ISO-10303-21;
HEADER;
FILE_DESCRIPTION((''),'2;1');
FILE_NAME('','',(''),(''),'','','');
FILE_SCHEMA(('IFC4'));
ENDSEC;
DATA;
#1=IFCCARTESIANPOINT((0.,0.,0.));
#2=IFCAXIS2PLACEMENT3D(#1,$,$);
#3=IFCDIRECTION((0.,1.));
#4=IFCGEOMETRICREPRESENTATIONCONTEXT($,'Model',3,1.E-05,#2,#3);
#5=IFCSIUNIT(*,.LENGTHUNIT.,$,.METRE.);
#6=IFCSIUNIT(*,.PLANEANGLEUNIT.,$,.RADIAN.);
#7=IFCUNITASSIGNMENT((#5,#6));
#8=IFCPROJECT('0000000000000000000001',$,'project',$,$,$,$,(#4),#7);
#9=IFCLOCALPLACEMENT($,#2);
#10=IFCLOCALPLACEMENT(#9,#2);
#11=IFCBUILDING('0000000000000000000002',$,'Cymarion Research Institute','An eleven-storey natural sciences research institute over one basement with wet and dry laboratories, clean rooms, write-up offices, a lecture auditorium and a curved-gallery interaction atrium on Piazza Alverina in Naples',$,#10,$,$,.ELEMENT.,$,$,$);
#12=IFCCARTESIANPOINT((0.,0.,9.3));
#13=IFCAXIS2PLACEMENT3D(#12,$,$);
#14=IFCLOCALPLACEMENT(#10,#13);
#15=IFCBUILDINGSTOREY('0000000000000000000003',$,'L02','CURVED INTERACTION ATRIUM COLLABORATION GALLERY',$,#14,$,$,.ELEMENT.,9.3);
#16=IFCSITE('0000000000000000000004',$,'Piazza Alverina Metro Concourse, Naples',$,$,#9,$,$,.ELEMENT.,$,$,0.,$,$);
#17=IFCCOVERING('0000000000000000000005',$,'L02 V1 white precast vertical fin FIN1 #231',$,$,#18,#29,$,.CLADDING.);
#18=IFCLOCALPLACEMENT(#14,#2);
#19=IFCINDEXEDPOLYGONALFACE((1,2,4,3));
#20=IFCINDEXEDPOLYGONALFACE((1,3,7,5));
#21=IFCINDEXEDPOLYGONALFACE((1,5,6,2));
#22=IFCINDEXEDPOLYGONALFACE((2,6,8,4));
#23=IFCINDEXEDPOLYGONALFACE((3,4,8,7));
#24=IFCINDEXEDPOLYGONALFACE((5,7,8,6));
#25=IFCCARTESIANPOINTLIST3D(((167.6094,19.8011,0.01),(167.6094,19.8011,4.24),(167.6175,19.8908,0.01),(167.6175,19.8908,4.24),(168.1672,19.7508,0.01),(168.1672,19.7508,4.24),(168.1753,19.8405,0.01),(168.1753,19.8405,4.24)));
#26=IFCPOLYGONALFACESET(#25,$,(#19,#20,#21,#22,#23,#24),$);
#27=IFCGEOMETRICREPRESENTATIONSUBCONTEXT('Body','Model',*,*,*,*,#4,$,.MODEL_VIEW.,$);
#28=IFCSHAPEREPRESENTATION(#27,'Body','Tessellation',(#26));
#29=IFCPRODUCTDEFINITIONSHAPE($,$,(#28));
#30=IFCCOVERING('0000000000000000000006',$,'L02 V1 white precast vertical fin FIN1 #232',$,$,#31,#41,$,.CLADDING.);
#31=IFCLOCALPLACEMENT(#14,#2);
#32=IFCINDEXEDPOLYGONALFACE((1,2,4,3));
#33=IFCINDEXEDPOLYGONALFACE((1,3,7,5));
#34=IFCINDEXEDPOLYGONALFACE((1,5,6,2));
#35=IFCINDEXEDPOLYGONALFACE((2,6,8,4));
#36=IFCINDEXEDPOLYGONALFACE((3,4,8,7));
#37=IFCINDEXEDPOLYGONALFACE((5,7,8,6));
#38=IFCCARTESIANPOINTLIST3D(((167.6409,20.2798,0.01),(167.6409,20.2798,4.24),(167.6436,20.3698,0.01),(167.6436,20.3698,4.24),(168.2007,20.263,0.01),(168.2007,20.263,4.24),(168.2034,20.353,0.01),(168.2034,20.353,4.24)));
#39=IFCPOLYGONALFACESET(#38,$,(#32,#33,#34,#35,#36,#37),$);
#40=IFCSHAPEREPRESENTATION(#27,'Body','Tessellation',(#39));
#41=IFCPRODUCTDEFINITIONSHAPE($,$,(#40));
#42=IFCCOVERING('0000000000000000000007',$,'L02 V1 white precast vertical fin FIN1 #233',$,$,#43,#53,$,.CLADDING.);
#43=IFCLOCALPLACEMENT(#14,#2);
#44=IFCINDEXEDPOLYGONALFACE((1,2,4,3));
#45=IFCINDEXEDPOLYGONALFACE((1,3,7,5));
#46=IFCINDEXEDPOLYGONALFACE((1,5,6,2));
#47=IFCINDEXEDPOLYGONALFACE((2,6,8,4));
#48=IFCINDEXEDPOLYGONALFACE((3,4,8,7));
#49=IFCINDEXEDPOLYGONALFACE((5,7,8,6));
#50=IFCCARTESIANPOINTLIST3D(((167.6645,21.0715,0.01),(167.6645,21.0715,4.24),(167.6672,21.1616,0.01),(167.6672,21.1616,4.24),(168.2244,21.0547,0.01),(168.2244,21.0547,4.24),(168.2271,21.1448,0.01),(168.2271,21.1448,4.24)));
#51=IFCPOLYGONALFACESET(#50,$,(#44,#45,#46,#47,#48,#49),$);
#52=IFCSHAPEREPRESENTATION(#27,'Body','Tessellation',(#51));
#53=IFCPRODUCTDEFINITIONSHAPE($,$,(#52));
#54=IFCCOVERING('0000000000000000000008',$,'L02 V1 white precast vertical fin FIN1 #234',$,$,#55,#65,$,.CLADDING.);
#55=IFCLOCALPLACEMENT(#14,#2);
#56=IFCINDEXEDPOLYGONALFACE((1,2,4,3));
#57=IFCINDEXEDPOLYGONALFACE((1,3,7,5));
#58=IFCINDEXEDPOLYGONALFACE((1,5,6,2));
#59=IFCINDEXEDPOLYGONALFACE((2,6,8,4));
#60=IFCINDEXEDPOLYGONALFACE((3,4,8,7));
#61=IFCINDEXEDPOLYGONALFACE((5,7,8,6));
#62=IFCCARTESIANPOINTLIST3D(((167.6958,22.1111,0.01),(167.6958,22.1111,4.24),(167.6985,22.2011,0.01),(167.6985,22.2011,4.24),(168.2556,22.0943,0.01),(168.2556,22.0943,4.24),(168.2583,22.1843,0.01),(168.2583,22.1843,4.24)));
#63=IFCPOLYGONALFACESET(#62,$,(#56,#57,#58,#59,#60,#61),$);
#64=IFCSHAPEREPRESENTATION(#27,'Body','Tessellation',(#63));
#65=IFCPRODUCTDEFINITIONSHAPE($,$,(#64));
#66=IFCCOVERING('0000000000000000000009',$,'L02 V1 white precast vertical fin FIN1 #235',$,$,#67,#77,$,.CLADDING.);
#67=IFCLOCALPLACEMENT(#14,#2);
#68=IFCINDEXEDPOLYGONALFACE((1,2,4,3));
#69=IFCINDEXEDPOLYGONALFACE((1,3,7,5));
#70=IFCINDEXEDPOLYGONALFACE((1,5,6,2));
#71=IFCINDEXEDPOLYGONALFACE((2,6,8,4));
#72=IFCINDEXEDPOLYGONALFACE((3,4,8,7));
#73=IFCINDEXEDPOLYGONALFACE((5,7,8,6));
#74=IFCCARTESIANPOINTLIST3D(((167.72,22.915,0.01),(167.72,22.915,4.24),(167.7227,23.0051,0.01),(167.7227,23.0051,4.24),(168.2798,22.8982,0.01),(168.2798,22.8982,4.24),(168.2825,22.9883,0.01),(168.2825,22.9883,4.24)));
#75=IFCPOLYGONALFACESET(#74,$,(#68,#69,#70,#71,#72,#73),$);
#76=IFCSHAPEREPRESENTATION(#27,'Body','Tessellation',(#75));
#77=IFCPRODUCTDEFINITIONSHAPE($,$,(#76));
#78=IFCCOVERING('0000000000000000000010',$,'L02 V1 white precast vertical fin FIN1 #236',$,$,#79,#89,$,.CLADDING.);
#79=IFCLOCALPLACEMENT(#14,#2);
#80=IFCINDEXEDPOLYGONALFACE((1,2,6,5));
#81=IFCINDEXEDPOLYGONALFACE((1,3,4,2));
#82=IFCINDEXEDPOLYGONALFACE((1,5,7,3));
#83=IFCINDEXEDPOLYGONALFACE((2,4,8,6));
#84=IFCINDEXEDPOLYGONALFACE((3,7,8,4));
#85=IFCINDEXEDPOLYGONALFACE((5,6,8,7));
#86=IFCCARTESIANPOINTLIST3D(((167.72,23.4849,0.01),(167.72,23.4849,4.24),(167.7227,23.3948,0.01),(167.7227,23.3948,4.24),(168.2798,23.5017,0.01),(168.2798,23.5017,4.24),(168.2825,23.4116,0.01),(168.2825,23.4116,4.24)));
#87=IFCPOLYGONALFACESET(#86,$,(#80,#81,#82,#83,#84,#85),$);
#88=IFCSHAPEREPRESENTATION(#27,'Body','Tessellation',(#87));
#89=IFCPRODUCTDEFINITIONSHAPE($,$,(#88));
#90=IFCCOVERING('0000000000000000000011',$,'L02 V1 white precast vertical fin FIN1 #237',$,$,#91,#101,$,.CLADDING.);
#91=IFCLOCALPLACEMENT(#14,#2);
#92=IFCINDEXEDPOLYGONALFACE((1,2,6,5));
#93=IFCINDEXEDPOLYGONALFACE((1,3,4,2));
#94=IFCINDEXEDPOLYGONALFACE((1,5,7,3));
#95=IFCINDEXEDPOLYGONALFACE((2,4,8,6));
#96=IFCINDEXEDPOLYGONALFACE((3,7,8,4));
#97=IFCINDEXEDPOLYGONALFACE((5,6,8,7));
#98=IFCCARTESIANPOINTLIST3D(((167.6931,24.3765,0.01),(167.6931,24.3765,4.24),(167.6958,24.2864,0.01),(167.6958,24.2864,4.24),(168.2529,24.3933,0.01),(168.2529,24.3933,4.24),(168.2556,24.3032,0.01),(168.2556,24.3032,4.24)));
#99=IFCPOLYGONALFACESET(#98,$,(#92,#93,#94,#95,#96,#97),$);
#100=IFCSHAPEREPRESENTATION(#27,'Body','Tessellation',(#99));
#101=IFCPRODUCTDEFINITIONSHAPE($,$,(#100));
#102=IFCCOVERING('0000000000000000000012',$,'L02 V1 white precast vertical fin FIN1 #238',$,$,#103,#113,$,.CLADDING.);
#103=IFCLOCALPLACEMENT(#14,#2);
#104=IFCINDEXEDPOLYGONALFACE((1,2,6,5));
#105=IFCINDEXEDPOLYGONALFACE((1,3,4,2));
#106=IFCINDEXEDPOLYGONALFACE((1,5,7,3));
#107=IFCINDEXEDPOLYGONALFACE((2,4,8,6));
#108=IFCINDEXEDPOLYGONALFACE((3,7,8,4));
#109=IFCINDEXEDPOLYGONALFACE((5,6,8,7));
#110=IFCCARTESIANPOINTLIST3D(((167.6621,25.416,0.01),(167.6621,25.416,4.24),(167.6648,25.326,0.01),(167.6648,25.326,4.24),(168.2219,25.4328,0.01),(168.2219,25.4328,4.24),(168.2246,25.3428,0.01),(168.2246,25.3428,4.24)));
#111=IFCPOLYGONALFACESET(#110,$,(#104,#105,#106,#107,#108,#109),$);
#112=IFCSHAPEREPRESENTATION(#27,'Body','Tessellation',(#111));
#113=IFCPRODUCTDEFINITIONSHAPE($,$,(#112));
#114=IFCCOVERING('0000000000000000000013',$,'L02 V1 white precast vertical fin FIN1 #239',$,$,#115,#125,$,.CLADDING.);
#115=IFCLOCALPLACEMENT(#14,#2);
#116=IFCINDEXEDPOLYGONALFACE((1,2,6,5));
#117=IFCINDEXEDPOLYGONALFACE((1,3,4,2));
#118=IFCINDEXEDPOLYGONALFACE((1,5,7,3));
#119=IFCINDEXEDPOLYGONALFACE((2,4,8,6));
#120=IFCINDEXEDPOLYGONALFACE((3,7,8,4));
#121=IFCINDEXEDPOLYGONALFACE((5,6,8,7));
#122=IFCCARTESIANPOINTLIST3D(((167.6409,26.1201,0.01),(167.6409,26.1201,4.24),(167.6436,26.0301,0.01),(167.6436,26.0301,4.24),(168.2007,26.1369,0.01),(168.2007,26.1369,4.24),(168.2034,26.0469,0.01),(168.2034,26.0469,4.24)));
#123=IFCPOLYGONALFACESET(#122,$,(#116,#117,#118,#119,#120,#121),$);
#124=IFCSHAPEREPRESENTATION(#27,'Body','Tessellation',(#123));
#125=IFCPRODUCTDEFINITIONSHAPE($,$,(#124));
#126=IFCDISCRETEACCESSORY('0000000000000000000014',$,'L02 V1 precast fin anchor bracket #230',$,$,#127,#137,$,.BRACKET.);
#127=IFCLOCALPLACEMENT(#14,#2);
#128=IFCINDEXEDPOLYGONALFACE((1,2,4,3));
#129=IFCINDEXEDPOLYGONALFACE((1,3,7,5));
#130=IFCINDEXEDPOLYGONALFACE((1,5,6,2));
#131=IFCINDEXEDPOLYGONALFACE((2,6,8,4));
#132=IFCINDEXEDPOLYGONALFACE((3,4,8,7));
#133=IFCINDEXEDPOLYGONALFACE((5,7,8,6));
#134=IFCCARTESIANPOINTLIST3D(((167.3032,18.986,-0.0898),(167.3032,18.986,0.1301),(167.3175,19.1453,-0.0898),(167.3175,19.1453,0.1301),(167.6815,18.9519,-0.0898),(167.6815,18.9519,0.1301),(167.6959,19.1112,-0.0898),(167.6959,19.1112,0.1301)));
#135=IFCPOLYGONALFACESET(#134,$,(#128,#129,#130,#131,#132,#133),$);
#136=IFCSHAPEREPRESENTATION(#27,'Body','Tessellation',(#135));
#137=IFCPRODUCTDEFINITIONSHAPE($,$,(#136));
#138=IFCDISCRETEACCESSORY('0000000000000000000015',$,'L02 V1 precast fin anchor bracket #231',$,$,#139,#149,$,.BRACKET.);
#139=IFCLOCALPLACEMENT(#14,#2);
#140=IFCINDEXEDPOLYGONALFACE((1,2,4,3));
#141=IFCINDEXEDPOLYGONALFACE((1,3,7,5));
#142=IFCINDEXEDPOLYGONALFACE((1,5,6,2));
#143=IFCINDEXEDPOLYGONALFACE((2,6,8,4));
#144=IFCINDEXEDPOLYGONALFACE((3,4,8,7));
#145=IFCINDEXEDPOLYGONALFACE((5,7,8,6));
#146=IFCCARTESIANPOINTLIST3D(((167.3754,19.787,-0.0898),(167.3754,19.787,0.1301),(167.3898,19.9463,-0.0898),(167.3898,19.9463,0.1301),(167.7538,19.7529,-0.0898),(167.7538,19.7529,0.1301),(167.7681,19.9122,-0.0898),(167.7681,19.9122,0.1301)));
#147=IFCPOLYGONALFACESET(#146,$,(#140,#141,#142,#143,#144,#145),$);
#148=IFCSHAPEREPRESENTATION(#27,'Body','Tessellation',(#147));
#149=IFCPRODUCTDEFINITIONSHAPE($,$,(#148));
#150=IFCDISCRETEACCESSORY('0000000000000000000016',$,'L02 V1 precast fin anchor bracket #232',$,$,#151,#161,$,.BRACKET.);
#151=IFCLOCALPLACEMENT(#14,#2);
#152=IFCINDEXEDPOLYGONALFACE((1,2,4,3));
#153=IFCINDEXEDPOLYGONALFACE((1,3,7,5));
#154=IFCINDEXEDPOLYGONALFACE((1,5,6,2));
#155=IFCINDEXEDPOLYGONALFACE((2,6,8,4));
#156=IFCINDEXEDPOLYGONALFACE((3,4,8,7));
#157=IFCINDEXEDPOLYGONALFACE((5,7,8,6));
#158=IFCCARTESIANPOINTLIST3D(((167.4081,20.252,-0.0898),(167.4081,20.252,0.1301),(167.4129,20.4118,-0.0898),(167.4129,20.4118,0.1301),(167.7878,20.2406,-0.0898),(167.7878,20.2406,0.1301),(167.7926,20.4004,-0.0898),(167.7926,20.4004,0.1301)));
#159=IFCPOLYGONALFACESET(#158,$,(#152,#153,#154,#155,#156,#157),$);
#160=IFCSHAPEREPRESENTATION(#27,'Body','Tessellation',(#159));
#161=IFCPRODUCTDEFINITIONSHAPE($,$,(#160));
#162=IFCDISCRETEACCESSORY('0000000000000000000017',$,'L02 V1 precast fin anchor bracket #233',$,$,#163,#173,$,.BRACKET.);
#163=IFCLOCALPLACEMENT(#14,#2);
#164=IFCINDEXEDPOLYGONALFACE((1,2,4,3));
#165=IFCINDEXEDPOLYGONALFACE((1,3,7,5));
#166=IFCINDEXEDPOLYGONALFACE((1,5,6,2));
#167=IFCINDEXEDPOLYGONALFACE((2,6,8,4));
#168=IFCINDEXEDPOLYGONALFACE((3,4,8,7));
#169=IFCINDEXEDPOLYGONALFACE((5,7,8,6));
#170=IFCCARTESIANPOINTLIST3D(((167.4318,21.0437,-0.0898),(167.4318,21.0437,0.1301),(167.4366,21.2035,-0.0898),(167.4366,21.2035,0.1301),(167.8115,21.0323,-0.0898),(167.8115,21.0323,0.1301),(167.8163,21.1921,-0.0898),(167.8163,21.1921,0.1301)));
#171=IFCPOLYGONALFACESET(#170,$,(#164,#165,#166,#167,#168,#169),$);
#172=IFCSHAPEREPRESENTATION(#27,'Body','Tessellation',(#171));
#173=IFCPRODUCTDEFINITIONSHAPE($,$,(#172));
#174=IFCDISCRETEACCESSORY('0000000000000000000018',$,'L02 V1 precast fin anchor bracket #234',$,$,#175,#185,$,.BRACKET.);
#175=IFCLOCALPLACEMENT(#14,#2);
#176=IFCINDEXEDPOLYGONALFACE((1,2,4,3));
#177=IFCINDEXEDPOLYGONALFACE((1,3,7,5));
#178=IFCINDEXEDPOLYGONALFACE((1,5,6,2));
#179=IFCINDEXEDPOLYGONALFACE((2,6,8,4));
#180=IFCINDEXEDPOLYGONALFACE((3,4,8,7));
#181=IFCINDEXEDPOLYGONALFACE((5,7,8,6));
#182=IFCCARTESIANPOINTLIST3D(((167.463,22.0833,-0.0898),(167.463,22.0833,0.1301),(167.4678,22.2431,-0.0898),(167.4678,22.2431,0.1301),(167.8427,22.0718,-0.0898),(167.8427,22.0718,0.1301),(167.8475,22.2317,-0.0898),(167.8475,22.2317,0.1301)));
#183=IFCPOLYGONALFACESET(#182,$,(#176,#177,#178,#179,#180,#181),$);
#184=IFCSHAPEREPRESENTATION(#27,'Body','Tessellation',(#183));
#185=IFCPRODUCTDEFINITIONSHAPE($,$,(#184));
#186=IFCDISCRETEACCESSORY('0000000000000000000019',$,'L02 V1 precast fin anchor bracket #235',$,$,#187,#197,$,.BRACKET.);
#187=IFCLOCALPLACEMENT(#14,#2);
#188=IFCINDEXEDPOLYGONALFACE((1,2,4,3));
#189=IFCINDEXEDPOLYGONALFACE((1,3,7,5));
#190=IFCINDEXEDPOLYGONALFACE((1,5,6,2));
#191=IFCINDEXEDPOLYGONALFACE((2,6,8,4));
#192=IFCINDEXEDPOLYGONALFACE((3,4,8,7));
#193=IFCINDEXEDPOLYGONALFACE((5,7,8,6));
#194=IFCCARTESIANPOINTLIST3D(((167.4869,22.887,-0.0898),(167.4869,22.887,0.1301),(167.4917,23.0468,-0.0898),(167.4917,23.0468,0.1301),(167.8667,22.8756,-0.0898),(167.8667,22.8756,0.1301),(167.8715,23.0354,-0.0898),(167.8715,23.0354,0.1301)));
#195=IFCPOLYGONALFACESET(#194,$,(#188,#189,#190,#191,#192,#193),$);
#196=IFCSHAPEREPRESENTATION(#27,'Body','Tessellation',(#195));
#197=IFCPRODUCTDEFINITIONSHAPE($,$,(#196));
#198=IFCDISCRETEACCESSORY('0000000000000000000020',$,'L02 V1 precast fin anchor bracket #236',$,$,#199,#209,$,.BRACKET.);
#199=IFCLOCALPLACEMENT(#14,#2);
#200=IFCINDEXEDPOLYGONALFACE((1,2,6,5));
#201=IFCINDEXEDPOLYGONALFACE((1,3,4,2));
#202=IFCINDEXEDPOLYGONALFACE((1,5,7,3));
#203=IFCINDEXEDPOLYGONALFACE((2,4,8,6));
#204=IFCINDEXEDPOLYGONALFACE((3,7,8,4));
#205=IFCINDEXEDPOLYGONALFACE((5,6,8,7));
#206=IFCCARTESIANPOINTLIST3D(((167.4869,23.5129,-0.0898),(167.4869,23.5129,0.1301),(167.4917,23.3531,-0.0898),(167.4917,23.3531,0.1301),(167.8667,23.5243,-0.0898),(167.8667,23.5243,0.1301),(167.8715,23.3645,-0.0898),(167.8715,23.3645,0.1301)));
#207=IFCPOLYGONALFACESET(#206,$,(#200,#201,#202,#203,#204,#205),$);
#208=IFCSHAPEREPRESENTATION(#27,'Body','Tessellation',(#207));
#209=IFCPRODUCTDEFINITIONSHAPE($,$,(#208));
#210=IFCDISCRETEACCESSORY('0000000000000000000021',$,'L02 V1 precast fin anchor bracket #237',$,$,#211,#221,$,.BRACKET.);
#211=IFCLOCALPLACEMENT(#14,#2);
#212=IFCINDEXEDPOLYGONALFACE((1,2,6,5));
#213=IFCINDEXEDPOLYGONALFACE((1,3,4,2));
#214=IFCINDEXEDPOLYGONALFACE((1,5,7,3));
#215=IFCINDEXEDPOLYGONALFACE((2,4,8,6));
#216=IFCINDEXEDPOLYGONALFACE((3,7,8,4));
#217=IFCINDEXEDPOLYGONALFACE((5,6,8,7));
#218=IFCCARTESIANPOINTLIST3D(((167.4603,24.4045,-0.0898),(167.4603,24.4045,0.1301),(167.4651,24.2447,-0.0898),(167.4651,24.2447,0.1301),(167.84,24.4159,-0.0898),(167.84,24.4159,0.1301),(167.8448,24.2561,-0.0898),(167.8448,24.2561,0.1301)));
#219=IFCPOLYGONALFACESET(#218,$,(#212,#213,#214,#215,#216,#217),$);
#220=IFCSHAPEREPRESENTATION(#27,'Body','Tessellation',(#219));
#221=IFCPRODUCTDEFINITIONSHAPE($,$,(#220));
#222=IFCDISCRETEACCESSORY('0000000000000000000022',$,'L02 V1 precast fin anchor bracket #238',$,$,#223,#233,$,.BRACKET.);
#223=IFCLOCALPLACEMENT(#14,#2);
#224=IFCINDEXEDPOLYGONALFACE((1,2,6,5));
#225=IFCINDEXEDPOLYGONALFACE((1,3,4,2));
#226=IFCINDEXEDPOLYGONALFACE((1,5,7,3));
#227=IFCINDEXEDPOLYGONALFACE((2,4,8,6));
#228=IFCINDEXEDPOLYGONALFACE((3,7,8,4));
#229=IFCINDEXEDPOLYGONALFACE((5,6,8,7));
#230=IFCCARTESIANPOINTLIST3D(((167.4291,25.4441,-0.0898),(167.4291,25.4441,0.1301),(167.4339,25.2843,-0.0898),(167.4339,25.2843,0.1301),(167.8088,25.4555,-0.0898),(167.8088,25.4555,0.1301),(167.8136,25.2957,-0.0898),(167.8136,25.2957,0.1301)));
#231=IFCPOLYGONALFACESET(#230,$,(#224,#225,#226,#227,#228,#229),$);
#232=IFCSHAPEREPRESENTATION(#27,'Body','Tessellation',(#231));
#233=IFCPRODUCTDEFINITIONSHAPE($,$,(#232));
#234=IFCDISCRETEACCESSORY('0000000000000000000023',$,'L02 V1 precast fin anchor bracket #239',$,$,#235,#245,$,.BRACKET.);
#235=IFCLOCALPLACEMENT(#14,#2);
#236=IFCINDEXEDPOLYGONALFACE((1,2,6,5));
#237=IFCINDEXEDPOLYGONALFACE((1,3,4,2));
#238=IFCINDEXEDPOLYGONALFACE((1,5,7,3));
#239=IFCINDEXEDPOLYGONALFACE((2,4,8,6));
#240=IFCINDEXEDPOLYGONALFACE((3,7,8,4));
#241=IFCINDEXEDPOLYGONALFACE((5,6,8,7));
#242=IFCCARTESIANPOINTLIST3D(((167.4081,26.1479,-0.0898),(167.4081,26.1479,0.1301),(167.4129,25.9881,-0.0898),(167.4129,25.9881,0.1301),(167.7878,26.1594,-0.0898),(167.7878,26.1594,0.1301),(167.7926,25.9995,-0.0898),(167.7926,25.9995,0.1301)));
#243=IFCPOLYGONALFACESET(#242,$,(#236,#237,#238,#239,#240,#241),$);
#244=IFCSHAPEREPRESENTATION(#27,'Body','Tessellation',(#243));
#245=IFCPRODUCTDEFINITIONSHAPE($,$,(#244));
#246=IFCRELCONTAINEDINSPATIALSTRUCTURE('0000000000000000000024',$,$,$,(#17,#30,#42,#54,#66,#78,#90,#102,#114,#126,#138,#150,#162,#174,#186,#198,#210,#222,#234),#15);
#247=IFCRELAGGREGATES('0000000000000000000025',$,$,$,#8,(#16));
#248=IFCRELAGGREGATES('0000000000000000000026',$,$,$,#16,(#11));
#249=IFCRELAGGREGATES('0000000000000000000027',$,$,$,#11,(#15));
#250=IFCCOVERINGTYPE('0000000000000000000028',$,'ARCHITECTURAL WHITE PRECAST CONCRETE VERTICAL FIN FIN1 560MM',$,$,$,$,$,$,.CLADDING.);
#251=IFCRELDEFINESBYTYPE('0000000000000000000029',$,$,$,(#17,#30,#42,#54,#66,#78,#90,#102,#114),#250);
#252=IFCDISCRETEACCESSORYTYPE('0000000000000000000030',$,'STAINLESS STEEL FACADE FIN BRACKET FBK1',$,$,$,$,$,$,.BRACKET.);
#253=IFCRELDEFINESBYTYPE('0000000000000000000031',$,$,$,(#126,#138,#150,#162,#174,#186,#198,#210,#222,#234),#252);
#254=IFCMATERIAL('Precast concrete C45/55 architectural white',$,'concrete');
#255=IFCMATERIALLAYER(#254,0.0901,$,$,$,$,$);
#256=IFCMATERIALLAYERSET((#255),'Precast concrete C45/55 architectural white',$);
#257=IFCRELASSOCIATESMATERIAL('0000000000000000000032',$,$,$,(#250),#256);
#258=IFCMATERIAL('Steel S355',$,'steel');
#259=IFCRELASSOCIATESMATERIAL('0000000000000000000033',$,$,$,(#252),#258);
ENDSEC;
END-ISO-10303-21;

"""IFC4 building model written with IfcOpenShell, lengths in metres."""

from ifc_helpers import new_model, si_unit, direction, frame, origin, origin_2d, place, context, subcontext, project, spatial, rectangle, extrude, material, layer, layer_set, type_object, element, save


model = new_model("IFC4")

# Units and contexts
model_context = context("Model", 3, precision=1e-05, world=origin(), true_north=direction((0.0, 1.0)))
body_context = subcontext(model_context, "Body", "Model", "MODEL_VIEW")
ifc_project = project(units=[si_unit("LENGTHUNIT", "METRE"), si_unit("PLANEANGLEUNIT", "RADIAN")], contexts=[model_context])

# Site, building, storey
site_placement = place(None, origin())
site = spatial("IfcSite", under=ifc_project, at=site_placement, Name="Piazza Alverina Metro Concourse, Naples", CompositionType="ELEMENT", RefElevation=0.0)
building_placement = place(site_placement, origin())
building = spatial("IfcBuilding", under=site, at=building_placement, Name="Cymarion Research Institute", Description="An eleven-storey natural sciences research institute over one basement with wet and dry laboratories, clean rooms, write-up offices, a lecture auditorium and a curved-gallery interaction atrium on Piazza Alverina in Naples", CompositionType="ELEMENT")
storey_placement = place(building_placement, frame((0.0, 0.0, 9.3)))
storey = spatial("IfcBuildingStorey", under=building, at=storey_placement, Name="L02", Description="CURVED INTERACTION ATRIUM COLLABORATION GALLERY", CompositionType="ELEMENT", Elevation=9.3)

# Shared definitions
ifc_material_1 = material(Name="Steel S355", Category="steel")

# Coverings
ifc_material_2 = material(Name="Precast concrete C45/55 architectural white", Category="concrete")
ifc_layer_1 = layer(ifc_material_2, 0.0901)
ifc_layer_set_1 = layer_set([ifc_layer_1], Name="Precast concrete C45/55 architectural white")
covering_type = type_object("IfcCoveringType", Name="ARCHITECTURAL WHITE PRECAST CONCRETE VERTICAL FIN FIN1 560MM", PredefinedType="CLADDING", material=ifc_layer_set_1)
for number, where, z_axis, x_axis, name in (
    (1, (167.8923, 19.8208, 0.01), (0.0, 0.0, 1.0), (0.995963, -0.089763, 0.0), "L02 V1 white precast vertical fin FIN1 #231"),
    (2, (167.9221, 20.3164, 0.01), (0.0, 0.0, 1.0), (0.999549, -0.030015, 0.0), "L02 V1 white precast vertical fin FIN1 #232"),
    (3, (167.9458, 21.1082, 0.01), (0.0, 0.0, 1.0), (0.999549, -0.030015, 0.0), "L02 V1 white precast vertical fin FIN1 #233"),
    (4, (167.9771, 22.1477, 0.01), (0.0, 0.0, 1.0), (0.999549, -0.030015, 0.0), "L02 V1 white precast vertical fin FIN1 #234"),
    (5, (168.0012, 22.9517, 0.01), (0.0, 0.0, 1.0), (0.999549, -0.030015, 0.0), "L02 V1 white precast vertical fin FIN1 #235"),
    (6, (168.0012, 23.4482, 0.01), (0.0, 0.0, 1.0), (0.999549, 0.030015, 0.0), "L02 V1 white precast vertical fin FIN1 #236"),
    (7, (167.9744, 24.3398, 0.01), (0.0, 0.0, 1.0), (0.999549, 0.030015, 0.0), "L02 V1 white precast vertical fin FIN1 #237"),
    (8, (167.9434, 25.3794, 0.01), (0.0, 0.0, 1.0), (0.999549, 0.030015, 0.0), "L02 V1 white precast vertical fin FIN1 #238"),
    (9, (167.9221, 26.0835, 0.01), (0.0, 0.0, 1.0), (0.999549, 0.030015, 0.0), "L02 V1 white precast vertical fin FIN1 #239"),
):
    element("IfcCovering", number, at=place(storey_placement, frame(where, z_axis=z_axis, x_axis=x_axis)), inside=storey, type_object=covering_type, Name=name, PredefinedType="CLADDING", context=body_context, shape_type="SweptSolid", body=[
        extrude(rectangle(XDim=0.5601, YDim=0.0901, at=origin_2d()), origin(), (0.0, 0.0, 1.0), 4.23),
    ])

# Discrete accessories
discrete_accessory_type = type_object("IfcDiscreteAccessoryType", Name="STAINLESS STEEL FACADE FIN BRACKET FBK1", PredefinedType="BRACKET", material=ifc_material_1)
for number, where, z_axis, x_axis, name in (
    (10, (167.4995, 19.0486, -0.0898), (0.0, 0.0, 1.0), (0.995963, -0.089763, 0.0), "L02 V1 precast fin anchor bracket #230"),
    (11, (167.5718, 19.8496, -0.0898), (0.0, 0.0, 1.0), (0.995963, -0.089763, 0.0), "L02 V1 precast fin anchor bracket #231"),
    (12, (167.6003, 20.3262, -0.0898), (0.0, 0.0, 1.0), (0.999549, -0.030015, 0.0), "L02 V1 precast fin anchor bracket #232"),
    (13, (167.624, 21.1179, -0.0898), (0.0, 0.0, 1.0), (0.999549, -0.030015, 0.0), "L02 V1 precast fin anchor bracket #233"),
    (14, (167.6553, 22.1575, -0.0898), (0.0, 0.0, 1.0), (0.999549, -0.030015, 0.0), "L02 V1 precast fin anchor bracket #234"),
    (15, (167.6792, 22.9612, -0.0898), (0.0, 0.0, 1.0), (0.999549, -0.030015, 0.0), "L02 V1 precast fin anchor bracket #235"),
    (16, (167.6792, 23.4387, -0.0898), (0.0, 0.0, 1.0), (0.999549, 0.030015, 0.0), "L02 V1 precast fin anchor bracket #236"),
    (17, (167.6526, 24.3303, -0.0898), (0.0, 0.0, 1.0), (0.999549, 0.030015, 0.0), "L02 V1 precast fin anchor bracket #237"),
    (18, (167.6213, 25.3699, -0.0898), (0.0, 0.0, 1.0), (0.999549, 0.030015, 0.0), "L02 V1 precast fin anchor bracket #238"),
    (19, (167.6003, 26.0737, -0.0898), (0.0, 0.0, 1.0), (0.999549, 0.030015, 0.0), "L02 V1 precast fin anchor bracket #239"),
):
    element("IfcDiscreteAccessory", number, at=place(storey_placement, frame(where, z_axis=z_axis, x_axis=x_axis)), inside=storey, type_object=discrete_accessory_type, Name=name, PredefinedType="BRACKET", context=body_context, shape_type="SweptSolid", body=[
        extrude(rectangle(XDim=0.3799, YDim=0.1599, at=origin_2d()), origin(), (0.0, 0.0, 1.0), 0.22),
    ])

save(model, "model.ifc")
